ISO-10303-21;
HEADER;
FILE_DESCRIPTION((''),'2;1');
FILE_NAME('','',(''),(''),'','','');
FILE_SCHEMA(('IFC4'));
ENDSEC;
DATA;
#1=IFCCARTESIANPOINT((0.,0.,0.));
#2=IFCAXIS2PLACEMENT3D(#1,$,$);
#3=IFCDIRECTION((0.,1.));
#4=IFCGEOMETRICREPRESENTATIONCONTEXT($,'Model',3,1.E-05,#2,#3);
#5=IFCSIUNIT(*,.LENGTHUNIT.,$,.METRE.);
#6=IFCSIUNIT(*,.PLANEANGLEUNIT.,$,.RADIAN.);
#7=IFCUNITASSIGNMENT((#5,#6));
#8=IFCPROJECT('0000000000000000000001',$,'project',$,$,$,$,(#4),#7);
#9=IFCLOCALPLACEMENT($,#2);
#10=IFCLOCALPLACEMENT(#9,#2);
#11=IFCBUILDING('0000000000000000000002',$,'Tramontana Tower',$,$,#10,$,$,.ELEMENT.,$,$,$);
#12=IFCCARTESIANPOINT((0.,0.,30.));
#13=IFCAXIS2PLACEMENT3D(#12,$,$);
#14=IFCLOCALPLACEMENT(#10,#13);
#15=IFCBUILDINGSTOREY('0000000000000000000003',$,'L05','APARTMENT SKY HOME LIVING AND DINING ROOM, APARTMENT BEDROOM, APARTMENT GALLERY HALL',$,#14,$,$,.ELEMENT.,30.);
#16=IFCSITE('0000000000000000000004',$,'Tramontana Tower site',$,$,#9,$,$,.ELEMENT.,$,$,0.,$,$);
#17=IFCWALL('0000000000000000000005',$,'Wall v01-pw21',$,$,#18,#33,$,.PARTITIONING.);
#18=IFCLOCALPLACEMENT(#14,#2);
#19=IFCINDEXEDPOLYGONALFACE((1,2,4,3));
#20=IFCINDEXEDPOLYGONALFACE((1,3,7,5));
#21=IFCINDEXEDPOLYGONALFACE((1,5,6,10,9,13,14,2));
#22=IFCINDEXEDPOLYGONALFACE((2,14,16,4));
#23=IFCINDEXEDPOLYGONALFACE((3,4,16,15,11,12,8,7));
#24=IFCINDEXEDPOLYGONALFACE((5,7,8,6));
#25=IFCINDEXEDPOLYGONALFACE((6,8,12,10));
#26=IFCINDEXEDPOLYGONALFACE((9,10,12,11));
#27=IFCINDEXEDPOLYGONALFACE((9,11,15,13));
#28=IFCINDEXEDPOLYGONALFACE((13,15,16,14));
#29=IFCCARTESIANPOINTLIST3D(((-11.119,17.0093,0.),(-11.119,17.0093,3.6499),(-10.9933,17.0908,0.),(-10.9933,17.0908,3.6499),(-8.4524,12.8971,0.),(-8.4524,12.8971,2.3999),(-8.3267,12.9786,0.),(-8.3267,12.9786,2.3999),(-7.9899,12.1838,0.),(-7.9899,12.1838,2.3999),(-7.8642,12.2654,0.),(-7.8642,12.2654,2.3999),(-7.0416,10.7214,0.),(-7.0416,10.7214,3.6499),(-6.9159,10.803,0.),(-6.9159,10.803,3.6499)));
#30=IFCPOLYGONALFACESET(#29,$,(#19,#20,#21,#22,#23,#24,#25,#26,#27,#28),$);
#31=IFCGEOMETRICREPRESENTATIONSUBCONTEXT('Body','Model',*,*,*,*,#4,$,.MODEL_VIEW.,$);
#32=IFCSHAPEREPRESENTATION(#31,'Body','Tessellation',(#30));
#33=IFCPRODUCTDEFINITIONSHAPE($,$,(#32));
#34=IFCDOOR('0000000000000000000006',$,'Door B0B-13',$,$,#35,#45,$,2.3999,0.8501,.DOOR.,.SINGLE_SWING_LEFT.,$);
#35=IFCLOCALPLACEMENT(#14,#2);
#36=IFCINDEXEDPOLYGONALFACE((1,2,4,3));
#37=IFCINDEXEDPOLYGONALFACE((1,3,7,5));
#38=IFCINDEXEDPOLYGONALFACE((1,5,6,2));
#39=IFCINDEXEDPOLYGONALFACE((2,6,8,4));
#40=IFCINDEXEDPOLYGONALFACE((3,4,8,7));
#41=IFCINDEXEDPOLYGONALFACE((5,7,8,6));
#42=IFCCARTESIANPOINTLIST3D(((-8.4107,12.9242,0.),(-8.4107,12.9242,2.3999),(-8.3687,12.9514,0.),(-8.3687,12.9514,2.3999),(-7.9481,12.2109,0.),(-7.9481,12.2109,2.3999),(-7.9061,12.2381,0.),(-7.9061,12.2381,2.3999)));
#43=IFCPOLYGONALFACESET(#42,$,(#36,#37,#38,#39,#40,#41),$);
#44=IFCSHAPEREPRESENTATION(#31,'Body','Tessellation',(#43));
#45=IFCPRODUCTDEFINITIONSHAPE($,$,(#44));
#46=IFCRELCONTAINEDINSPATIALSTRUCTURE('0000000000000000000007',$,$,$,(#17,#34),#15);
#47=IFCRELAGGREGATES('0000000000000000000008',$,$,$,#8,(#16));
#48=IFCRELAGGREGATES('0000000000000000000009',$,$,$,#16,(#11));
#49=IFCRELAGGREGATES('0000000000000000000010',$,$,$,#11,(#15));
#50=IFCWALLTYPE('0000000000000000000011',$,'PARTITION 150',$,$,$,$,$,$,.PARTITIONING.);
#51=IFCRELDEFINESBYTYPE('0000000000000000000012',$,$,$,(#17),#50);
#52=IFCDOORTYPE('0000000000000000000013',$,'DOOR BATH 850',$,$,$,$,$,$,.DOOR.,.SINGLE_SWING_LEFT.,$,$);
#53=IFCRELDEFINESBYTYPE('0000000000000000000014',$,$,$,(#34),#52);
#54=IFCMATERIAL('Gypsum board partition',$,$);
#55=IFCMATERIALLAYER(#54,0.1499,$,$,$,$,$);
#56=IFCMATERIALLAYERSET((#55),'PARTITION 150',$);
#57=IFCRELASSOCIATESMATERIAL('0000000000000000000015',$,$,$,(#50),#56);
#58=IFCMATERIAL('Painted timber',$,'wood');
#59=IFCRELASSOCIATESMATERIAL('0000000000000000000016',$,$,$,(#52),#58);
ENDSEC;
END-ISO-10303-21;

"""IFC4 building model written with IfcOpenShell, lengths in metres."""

from ifc_helpers import new_model, si_unit, direction, frame, frame_2d, origin, place, context, subcontext, project, spatial, rectangle, extrude, material, layer, layer_set, type_object, element, fill, save


model = new_model("IFC4")

# Units and contexts
model_context = context("Model", 3, precision=1e-05, world=origin(), true_north=direction((0.0, 1.0)))
body_context = subcontext(model_context, "Body", "Model", "MODEL_VIEW")
ifc_project = project(units=[si_unit("LENGTHUNIT", "METRE"), si_unit("PLANEANGLEUNIT", "RADIAN")], contexts=[model_context])

# Site, building, storey
site_placement = place(None, origin())
site = spatial("IfcSite", under=ifc_project, at=site_placement, Name="Tramontana Tower site", CompositionType="ELEMENT", RefElevation=0.0)
building_placement = place(site_placement, origin())
building = spatial("IfcBuilding", under=site, at=building_placement, Name="Tramontana Tower", CompositionType="ELEMENT")
storey_placement = place(building_placement, frame((0.0, 0.0, 30.0)))
storey = spatial("IfcBuildingStorey", under=building, at=storey_placement, Name="L05", Description="APARTMENT SKY HOME LIVING AND DINING ROOM, APARTMENT BEDROOM, APARTMENT GALLERY HALL", CompositionType="ELEMENT", Elevation=30.0)

# Shared definitions
ifc_material_1 = material(Name="Gypsum board partition")
ifc_layer_1 = layer(ifc_material_1, 0.1499)
ifc_layer_set_1 = layer_set([ifc_layer_1], Name="PARTITION 150")
wall_type_1 = type_object("IfcWallType", Name="PARTITION 150", PredefinedType="PARTITIONING", material=ifc_layer_set_1)

# Wall, opening, door
ifc_material_2 = material(Name="Painted timber", Category="wood")
door_type_1 = type_object("IfcDoorType", Name="DOOR BATH 850", OperationType="SINGLE_SWING_LEFT", PredefinedType="DOOR", material=ifc_material_2)
wall_1_placement = place(storey_placement, frame((-11.0562, 17.05, 0.0), z_axis=(0.0, 0.0, 1.0), x_axis=(0.544078, -0.839035, 0.0)))
wall_1 = element("IfcWall", 1, at=wall_1_placement, inside=storey, type_object=wall_type_1, Name="Wall v01-pw21", PredefinedType="PARTITIONING", context=body_context, shape_type="SweptSolid", body=[
    extrude(rectangle(XDim=7.4941, YDim=0.1499, at=frame_2d((3.7471, 0.0))), origin(), (0.0, 0.0, 1.0), 3.6499),
])
opening_1_placement = place(wall_1_placement, frame((4.9011, 0.0, 0.0)))
opening_1 = element("IfcOpeningElement", 2, at=opening_1_placement, cuts=wall_1, PredefinedType="OPENING", context=body_context, shape_type="SweptSolid", body=[
    extrude(rectangle(XDim=0.8501, YDim=2.3999, at=frame_2d((0.425, 1.2))), frame((0.0, 0.085, 0.0), z_axis=(0.0, -1.0, 0.0), x_axis=(1.0, 0.0, 0.0)), (0.0, 0.0, 1.0), 0.1699),
])
door_1_placement = place(opening_1_placement, origin())
door_1 = element("IfcDoor", 3, at=door_1_placement, inside=storey, type_object=door_type_1, Name="Door B0B-13", OperationType="SINGLE_SWING_LEFT", OverallHeight=2.3999, OverallWidth=0.8501, PredefinedType="DOOR", context=body_context, shape_type="SweptSolid", body=[
    extrude(rectangle(XDim=0.8501, YDim=2.3999, at=frame_2d((0.425, 1.2))), frame((0.0, 0.0249, 0.0), z_axis=(0.0, -1.0, 0.0), x_axis=(1.0, 0.0, 0.0)), (0.0, 0.0, 1.0), 0.05),
])
fill(opening_1, door_1)

save(model, "model.ifc")
